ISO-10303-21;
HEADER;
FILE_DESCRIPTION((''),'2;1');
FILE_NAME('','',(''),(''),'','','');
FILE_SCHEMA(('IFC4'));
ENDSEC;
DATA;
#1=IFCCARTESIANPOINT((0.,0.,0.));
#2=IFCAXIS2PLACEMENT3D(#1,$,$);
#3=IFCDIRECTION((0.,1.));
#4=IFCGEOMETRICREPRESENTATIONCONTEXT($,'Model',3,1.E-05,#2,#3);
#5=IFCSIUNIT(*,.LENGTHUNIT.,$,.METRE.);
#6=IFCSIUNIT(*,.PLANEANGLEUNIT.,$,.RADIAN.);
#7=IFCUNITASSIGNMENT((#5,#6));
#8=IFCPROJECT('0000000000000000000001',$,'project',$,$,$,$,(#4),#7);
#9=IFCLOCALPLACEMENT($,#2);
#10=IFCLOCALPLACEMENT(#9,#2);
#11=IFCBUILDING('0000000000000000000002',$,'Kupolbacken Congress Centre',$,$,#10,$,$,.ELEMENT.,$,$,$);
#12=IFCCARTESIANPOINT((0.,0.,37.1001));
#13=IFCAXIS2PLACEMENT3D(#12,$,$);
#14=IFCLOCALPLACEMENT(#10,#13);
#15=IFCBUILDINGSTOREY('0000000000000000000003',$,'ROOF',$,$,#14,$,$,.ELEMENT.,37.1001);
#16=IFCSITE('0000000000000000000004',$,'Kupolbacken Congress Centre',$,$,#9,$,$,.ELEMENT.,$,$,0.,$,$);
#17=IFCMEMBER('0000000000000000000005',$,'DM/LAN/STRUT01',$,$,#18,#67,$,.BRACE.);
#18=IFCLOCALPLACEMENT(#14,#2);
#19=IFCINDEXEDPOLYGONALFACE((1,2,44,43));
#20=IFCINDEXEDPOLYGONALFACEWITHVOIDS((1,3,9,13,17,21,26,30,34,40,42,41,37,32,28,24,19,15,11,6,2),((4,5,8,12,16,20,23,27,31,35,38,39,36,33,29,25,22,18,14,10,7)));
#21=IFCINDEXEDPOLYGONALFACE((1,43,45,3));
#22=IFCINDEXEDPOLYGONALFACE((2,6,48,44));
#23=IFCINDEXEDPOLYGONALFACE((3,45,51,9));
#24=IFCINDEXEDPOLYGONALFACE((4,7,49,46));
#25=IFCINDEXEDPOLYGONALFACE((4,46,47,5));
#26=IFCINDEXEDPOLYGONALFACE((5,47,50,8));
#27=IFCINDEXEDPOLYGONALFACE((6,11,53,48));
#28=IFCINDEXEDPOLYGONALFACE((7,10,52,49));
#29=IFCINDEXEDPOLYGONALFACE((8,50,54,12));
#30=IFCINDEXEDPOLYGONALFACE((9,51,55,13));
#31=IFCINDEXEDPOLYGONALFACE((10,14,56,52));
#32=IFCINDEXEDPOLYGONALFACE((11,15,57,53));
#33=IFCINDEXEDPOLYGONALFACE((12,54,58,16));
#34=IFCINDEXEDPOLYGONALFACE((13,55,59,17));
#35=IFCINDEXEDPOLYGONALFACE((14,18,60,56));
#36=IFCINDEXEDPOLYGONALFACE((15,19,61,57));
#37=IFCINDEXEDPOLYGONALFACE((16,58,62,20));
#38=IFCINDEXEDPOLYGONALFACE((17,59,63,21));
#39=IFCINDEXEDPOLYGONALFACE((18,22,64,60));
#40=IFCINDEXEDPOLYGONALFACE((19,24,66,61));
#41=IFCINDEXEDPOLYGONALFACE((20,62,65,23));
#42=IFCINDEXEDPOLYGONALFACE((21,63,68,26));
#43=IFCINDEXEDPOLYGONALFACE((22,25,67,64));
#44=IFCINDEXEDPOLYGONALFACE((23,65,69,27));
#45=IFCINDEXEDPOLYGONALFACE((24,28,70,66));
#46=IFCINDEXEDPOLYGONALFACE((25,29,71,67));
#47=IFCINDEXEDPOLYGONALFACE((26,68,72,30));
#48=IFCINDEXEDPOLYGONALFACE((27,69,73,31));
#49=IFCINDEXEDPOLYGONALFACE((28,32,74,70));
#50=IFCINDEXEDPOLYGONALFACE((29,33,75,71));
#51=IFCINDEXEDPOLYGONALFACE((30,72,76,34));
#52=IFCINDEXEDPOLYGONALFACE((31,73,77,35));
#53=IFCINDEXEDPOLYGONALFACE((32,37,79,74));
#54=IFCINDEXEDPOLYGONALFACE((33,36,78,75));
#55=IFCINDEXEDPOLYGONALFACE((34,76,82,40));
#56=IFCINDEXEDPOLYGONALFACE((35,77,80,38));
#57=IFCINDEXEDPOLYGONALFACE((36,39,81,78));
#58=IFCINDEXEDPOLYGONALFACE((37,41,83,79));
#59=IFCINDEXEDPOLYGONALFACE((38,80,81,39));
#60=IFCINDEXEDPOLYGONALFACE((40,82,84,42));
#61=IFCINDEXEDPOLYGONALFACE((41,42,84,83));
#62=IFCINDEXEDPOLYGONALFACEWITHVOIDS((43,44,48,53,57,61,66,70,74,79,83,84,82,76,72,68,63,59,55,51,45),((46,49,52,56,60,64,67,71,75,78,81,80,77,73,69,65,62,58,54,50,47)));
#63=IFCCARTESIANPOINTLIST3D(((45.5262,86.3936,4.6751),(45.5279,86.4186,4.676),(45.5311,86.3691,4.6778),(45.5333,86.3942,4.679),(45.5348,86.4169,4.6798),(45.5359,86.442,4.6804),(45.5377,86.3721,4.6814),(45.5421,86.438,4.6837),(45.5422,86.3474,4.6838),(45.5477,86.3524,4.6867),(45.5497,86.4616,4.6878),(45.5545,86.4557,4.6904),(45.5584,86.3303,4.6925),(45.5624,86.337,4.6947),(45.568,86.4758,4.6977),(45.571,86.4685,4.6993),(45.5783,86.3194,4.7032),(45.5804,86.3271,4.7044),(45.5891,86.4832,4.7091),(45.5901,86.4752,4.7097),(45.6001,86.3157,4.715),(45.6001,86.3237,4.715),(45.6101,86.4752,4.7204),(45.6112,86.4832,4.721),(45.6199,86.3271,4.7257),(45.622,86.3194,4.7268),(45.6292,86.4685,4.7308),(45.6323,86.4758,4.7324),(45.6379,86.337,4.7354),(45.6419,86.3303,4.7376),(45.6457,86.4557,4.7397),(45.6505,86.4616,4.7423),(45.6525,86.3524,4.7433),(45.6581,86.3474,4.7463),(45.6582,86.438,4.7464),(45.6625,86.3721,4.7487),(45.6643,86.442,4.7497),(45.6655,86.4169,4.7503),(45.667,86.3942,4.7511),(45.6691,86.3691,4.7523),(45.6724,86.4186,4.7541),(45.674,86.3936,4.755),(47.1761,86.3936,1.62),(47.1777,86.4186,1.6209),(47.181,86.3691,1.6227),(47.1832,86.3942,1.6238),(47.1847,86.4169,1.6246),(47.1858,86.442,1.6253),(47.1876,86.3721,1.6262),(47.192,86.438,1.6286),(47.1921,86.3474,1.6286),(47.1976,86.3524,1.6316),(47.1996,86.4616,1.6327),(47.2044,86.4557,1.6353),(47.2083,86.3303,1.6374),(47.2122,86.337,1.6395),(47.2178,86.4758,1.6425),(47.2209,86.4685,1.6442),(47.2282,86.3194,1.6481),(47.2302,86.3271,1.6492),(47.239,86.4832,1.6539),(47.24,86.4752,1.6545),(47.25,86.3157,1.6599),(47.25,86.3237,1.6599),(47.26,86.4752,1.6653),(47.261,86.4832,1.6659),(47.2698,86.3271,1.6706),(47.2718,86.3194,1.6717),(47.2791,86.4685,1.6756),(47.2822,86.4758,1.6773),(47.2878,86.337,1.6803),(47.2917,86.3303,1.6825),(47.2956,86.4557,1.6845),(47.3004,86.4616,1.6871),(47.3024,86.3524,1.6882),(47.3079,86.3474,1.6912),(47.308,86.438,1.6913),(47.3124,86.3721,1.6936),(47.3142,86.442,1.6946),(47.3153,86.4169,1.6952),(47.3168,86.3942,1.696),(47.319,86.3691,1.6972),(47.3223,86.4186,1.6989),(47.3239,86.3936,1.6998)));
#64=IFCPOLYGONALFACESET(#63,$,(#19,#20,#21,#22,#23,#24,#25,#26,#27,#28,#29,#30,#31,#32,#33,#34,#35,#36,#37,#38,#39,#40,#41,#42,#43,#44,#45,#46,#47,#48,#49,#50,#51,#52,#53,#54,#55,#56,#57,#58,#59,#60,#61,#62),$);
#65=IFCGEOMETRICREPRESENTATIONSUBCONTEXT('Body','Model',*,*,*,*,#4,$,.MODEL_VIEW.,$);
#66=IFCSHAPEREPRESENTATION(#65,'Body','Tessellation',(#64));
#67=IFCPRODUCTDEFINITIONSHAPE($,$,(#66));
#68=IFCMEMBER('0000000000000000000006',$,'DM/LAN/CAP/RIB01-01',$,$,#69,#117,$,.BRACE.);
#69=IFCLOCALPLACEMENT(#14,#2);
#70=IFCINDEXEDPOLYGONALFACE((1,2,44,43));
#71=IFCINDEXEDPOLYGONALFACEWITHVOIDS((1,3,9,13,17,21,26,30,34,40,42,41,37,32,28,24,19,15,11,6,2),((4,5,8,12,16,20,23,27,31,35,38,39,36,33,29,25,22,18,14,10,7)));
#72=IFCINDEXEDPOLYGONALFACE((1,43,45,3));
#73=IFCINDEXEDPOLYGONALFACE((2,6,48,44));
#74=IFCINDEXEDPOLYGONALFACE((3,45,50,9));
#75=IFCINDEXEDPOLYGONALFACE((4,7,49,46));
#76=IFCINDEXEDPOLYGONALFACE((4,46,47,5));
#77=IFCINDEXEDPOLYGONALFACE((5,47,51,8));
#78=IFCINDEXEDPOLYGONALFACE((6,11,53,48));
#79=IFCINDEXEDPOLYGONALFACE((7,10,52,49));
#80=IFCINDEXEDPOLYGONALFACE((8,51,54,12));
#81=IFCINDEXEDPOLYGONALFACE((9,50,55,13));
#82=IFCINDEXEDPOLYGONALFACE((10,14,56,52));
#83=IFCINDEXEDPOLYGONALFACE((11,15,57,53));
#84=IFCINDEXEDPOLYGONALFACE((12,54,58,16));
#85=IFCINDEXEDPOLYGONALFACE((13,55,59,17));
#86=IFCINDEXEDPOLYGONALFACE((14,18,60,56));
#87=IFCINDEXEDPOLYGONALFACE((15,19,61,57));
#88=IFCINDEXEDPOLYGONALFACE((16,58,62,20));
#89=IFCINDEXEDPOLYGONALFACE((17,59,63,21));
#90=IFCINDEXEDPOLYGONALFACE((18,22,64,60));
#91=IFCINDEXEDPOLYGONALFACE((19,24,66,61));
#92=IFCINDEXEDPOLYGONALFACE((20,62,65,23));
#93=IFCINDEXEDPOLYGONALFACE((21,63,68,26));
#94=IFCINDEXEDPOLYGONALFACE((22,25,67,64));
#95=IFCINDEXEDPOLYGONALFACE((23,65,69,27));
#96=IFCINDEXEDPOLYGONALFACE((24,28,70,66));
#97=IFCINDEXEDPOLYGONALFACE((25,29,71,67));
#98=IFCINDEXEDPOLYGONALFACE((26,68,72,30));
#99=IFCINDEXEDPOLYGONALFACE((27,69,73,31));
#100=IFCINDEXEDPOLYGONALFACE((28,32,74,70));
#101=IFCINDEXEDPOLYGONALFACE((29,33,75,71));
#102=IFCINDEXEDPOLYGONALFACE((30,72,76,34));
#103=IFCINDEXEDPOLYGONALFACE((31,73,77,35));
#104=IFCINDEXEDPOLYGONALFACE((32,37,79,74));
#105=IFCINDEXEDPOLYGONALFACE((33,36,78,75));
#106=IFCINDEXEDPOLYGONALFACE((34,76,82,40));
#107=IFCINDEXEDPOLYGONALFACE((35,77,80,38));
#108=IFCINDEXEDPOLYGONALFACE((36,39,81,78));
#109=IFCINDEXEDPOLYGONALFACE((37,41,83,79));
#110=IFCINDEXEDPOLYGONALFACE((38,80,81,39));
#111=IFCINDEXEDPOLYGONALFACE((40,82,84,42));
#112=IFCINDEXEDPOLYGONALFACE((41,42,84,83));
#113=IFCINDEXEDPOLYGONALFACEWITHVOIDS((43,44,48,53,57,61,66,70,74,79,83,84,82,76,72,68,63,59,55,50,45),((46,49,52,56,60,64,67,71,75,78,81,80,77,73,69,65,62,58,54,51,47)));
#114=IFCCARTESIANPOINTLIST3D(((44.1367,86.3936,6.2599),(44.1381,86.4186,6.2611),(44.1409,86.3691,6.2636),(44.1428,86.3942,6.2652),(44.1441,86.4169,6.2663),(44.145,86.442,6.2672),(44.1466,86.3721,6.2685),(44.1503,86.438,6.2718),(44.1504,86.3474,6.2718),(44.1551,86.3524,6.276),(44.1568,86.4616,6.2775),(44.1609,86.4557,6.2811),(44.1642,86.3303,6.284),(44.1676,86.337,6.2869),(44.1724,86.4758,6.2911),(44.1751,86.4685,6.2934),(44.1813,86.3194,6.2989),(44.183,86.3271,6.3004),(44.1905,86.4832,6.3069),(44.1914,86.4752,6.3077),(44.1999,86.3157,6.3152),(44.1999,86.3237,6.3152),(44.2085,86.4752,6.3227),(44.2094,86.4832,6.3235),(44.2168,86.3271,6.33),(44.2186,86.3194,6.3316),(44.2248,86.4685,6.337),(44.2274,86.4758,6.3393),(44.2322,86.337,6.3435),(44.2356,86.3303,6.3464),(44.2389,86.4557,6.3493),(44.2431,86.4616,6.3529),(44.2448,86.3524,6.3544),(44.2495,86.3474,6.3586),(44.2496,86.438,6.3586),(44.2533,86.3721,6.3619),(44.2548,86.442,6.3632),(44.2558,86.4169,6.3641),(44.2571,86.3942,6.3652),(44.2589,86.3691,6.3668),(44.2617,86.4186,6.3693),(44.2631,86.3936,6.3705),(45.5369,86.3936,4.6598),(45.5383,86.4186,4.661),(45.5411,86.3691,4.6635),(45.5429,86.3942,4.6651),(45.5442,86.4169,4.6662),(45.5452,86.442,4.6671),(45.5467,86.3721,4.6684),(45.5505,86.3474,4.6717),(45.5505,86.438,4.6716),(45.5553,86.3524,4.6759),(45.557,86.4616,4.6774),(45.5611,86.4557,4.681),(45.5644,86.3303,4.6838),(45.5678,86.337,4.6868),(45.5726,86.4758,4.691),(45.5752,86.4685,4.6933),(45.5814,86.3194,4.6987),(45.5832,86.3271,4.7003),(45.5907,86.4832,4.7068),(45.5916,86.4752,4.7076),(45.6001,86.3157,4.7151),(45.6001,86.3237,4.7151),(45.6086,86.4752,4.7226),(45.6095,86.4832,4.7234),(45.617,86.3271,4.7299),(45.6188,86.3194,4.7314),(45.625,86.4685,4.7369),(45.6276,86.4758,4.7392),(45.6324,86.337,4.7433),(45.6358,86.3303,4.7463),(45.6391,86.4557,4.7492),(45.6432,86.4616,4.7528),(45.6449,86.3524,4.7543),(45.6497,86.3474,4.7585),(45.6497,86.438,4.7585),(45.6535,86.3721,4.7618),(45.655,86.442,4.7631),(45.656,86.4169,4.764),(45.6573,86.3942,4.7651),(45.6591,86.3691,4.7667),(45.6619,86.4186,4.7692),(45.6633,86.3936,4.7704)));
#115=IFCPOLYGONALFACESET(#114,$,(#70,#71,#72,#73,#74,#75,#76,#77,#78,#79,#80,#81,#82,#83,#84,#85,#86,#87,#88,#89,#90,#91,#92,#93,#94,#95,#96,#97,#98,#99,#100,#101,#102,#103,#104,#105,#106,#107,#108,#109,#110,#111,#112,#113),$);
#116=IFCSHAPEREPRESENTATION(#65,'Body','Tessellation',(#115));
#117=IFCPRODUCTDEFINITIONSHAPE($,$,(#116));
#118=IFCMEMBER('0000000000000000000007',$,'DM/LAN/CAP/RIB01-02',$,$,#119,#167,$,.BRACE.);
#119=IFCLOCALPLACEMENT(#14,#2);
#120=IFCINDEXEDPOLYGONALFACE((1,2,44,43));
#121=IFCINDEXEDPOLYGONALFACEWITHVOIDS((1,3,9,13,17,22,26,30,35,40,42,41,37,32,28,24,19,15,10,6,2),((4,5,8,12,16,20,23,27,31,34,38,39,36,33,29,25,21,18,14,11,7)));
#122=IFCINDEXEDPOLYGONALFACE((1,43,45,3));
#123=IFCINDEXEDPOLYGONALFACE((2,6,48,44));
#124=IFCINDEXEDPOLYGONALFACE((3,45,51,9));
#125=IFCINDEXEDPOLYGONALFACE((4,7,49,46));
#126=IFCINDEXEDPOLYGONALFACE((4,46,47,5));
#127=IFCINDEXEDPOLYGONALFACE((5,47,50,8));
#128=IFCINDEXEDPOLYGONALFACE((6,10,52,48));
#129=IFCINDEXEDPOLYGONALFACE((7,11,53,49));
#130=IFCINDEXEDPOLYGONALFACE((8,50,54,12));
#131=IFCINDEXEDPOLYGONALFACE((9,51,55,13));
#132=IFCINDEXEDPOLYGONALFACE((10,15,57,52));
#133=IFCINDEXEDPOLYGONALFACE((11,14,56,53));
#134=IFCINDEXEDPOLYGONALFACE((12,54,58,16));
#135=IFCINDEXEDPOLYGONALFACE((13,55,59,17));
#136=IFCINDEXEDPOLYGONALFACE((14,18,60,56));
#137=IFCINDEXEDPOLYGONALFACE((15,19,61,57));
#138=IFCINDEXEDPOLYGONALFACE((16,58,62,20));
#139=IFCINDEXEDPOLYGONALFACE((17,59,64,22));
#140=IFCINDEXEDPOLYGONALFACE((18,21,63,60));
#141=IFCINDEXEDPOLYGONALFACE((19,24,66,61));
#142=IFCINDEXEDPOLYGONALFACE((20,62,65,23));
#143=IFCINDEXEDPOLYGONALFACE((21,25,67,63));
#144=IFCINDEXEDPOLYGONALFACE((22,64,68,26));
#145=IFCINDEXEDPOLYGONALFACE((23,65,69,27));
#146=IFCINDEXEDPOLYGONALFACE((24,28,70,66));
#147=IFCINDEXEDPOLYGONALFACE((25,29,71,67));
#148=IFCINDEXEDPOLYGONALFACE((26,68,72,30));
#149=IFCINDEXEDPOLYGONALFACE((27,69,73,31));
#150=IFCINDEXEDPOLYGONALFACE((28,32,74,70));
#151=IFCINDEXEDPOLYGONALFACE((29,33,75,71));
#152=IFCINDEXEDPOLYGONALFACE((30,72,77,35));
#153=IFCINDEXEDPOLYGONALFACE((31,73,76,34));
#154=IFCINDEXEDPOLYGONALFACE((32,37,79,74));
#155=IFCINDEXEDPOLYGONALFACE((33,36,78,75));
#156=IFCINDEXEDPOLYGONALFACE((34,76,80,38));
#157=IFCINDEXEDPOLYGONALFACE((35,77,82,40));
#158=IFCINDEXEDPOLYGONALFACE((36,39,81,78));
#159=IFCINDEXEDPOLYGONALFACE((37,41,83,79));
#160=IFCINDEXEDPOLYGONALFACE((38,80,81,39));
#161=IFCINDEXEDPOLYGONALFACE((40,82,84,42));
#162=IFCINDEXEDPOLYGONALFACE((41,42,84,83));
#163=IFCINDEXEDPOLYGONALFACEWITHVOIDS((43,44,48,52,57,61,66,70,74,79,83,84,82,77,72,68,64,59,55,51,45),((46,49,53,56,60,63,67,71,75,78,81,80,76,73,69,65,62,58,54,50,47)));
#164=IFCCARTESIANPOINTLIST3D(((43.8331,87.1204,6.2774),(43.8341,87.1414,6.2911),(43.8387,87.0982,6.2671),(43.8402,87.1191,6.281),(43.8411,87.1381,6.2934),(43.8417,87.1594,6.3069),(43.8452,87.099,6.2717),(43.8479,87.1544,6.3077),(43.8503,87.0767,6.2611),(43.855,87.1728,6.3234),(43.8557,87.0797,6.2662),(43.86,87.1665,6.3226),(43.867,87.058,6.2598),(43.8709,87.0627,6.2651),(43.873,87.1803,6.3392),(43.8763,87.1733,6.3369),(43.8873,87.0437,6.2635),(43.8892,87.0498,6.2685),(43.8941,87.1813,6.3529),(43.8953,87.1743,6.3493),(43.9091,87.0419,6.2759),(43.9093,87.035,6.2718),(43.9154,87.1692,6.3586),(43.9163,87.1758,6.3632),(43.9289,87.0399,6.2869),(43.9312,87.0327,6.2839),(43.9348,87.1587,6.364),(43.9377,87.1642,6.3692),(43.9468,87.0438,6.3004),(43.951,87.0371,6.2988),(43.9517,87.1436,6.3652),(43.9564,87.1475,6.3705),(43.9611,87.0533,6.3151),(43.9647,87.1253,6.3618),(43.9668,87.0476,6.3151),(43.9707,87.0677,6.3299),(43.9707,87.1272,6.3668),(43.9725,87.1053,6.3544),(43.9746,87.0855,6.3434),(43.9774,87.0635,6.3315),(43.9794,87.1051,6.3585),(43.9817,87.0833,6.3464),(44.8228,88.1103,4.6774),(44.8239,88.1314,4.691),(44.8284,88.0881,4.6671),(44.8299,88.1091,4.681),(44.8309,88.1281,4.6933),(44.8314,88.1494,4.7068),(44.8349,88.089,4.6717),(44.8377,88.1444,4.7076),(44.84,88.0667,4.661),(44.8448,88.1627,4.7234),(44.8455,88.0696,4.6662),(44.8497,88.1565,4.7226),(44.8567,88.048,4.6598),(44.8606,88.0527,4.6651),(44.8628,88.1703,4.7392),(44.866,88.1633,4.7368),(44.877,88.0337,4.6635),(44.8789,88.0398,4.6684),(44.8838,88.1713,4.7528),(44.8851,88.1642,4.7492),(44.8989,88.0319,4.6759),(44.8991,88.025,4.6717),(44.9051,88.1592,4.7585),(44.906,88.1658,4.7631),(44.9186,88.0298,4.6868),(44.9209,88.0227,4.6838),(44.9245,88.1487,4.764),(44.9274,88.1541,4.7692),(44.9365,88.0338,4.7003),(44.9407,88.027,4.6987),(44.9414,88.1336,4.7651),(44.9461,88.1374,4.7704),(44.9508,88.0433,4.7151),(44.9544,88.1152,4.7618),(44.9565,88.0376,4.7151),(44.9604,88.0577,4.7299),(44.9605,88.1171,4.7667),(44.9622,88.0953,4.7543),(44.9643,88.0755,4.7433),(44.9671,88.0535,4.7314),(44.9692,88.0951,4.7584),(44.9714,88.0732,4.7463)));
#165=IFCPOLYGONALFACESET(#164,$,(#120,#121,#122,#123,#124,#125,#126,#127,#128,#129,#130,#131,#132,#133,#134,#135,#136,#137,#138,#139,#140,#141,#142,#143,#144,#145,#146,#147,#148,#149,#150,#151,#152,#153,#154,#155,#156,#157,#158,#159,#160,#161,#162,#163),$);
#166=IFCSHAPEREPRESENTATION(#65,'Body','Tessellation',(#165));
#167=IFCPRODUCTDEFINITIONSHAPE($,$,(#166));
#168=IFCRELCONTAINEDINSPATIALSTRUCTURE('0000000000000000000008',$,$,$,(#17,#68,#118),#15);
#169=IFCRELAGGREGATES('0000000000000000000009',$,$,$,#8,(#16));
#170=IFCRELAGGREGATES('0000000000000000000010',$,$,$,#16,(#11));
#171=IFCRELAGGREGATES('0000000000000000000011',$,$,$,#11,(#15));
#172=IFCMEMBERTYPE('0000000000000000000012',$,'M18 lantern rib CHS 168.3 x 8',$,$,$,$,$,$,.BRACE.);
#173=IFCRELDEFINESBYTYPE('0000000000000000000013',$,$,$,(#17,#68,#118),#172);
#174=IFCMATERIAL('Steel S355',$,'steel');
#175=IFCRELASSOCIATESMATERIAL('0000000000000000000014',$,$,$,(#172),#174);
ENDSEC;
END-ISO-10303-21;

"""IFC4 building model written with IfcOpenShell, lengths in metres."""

from ifc_helpers import new_model, si_unit, direction, frame, origin, origin_2d, place, context, subcontext, project, spatial, hollow_circle, extrude, material, material_profile, profile_set, type_object, element, save


model = new_model("IFC4")

# Units and contexts
model_context = context("Model", 3, precision=1e-05, world=origin(), true_north=direction((0.0, 1.0)))
body_context = subcontext(model_context, "Body", "Model", "MODEL_VIEW")
ifc_project = project(units=[si_unit("LENGTHUNIT", "METRE"), si_unit("PLANEANGLEUNIT", "RADIAN")], contexts=[model_context])

# Site, building, storey
site_placement = place(None, origin())
site = spatial("IfcSite", under=ifc_project, at=site_placement, Name="Kupolbacken Congress Centre", CompositionType="ELEMENT", RefElevation=0.0)
building_placement = place(site_placement, origin())
building = spatial("IfcBuilding", under=site, at=building_placement, Name="Kupolbacken Congress Centre", CompositionType="ELEMENT")
storey_placement = place(building_placement, frame((0.0, 0.0, 37.1001)))
storey = spatial("IfcBuildingStorey", under=building, at=storey_placement, Name="ROOF", CompositionType="ELEMENT", Elevation=37.1001)

# Members
ifc_material_1 = material(Name="Steel S355", Category="steel")
ifc_material_profile_1 = material_profile(ifc_material_1, hollow_circle(Radius=0.0842, WallThickness=0.0081, at=origin_2d()), Name="CHS 168.3 x 8")
ifc_profile_set_1 = profile_set([ifc_material_profile_1], Name="Steel S355")
member_type_1 = type_object("IfcMemberType", Name="M18 lantern rib CHS 168.3 x 8", PredefinedType="BRACE", material=ifc_profile_set_1)
member_1_placement = place(storey_placement, frame((47.25, 86.3999, 1.6599), z_axis=(-0.475173, 0.0, 0.879892), x_axis=(0.0, -1.0, 0.0)))
element("IfcMember", 1, at=member_1_placement, inside=storey, type_object=member_type_1, Name="DM/LAN/STRUT01", PredefinedType="BRACE", context=body_context, shape_type="SweptSolid", body=[
    extrude(hollow_circle(Radius=0.0842, WallThickness=0.0081, at=origin_2d()), origin(), (0.0, 0.0, 1.0), 3.4722),
])
member_2_placement = place(storey_placement, frame((45.6001, 86.3999, 4.7151), z_axis=(-0.658521, 0.0, 0.752562), x_axis=(0.0, -1.0, 0.0)))
element("IfcMember", 2, at=member_2_placement, inside=storey, type_object=member_type_1, Name="DM/LAN/CAP/RIB01-01", PredefinedType="BRACE", context=body_context, shape_type="SweptSolid", body=[
    extrude(hollow_circle(Radius=0.0842, WallThickness=0.0081, at=origin_2d()), origin(), (0.0, 0.0, 1.0), 2.1262),
])
member_3_placement = place(storey_placement, frame((44.897, 88.0972, 4.7151), z_axis=(-0.465538, -0.465653, 0.752623), x_axis=(0.707194, -0.70702, 0.0)))
element("IfcMember", 3, at=member_3_placement, inside=storey, type_object=member_type_1, Name="DM/LAN/CAP/RIB01-02", PredefinedType="BRACE", context=body_context, shape_type="SweptSolid", body=[
    extrude(hollow_circle(Radius=0.0842, WallThickness=0.0081, at=origin_2d()), origin(), (0.0, 0.0, 1.0), 2.126),
])

save(model, "model.ifc")
